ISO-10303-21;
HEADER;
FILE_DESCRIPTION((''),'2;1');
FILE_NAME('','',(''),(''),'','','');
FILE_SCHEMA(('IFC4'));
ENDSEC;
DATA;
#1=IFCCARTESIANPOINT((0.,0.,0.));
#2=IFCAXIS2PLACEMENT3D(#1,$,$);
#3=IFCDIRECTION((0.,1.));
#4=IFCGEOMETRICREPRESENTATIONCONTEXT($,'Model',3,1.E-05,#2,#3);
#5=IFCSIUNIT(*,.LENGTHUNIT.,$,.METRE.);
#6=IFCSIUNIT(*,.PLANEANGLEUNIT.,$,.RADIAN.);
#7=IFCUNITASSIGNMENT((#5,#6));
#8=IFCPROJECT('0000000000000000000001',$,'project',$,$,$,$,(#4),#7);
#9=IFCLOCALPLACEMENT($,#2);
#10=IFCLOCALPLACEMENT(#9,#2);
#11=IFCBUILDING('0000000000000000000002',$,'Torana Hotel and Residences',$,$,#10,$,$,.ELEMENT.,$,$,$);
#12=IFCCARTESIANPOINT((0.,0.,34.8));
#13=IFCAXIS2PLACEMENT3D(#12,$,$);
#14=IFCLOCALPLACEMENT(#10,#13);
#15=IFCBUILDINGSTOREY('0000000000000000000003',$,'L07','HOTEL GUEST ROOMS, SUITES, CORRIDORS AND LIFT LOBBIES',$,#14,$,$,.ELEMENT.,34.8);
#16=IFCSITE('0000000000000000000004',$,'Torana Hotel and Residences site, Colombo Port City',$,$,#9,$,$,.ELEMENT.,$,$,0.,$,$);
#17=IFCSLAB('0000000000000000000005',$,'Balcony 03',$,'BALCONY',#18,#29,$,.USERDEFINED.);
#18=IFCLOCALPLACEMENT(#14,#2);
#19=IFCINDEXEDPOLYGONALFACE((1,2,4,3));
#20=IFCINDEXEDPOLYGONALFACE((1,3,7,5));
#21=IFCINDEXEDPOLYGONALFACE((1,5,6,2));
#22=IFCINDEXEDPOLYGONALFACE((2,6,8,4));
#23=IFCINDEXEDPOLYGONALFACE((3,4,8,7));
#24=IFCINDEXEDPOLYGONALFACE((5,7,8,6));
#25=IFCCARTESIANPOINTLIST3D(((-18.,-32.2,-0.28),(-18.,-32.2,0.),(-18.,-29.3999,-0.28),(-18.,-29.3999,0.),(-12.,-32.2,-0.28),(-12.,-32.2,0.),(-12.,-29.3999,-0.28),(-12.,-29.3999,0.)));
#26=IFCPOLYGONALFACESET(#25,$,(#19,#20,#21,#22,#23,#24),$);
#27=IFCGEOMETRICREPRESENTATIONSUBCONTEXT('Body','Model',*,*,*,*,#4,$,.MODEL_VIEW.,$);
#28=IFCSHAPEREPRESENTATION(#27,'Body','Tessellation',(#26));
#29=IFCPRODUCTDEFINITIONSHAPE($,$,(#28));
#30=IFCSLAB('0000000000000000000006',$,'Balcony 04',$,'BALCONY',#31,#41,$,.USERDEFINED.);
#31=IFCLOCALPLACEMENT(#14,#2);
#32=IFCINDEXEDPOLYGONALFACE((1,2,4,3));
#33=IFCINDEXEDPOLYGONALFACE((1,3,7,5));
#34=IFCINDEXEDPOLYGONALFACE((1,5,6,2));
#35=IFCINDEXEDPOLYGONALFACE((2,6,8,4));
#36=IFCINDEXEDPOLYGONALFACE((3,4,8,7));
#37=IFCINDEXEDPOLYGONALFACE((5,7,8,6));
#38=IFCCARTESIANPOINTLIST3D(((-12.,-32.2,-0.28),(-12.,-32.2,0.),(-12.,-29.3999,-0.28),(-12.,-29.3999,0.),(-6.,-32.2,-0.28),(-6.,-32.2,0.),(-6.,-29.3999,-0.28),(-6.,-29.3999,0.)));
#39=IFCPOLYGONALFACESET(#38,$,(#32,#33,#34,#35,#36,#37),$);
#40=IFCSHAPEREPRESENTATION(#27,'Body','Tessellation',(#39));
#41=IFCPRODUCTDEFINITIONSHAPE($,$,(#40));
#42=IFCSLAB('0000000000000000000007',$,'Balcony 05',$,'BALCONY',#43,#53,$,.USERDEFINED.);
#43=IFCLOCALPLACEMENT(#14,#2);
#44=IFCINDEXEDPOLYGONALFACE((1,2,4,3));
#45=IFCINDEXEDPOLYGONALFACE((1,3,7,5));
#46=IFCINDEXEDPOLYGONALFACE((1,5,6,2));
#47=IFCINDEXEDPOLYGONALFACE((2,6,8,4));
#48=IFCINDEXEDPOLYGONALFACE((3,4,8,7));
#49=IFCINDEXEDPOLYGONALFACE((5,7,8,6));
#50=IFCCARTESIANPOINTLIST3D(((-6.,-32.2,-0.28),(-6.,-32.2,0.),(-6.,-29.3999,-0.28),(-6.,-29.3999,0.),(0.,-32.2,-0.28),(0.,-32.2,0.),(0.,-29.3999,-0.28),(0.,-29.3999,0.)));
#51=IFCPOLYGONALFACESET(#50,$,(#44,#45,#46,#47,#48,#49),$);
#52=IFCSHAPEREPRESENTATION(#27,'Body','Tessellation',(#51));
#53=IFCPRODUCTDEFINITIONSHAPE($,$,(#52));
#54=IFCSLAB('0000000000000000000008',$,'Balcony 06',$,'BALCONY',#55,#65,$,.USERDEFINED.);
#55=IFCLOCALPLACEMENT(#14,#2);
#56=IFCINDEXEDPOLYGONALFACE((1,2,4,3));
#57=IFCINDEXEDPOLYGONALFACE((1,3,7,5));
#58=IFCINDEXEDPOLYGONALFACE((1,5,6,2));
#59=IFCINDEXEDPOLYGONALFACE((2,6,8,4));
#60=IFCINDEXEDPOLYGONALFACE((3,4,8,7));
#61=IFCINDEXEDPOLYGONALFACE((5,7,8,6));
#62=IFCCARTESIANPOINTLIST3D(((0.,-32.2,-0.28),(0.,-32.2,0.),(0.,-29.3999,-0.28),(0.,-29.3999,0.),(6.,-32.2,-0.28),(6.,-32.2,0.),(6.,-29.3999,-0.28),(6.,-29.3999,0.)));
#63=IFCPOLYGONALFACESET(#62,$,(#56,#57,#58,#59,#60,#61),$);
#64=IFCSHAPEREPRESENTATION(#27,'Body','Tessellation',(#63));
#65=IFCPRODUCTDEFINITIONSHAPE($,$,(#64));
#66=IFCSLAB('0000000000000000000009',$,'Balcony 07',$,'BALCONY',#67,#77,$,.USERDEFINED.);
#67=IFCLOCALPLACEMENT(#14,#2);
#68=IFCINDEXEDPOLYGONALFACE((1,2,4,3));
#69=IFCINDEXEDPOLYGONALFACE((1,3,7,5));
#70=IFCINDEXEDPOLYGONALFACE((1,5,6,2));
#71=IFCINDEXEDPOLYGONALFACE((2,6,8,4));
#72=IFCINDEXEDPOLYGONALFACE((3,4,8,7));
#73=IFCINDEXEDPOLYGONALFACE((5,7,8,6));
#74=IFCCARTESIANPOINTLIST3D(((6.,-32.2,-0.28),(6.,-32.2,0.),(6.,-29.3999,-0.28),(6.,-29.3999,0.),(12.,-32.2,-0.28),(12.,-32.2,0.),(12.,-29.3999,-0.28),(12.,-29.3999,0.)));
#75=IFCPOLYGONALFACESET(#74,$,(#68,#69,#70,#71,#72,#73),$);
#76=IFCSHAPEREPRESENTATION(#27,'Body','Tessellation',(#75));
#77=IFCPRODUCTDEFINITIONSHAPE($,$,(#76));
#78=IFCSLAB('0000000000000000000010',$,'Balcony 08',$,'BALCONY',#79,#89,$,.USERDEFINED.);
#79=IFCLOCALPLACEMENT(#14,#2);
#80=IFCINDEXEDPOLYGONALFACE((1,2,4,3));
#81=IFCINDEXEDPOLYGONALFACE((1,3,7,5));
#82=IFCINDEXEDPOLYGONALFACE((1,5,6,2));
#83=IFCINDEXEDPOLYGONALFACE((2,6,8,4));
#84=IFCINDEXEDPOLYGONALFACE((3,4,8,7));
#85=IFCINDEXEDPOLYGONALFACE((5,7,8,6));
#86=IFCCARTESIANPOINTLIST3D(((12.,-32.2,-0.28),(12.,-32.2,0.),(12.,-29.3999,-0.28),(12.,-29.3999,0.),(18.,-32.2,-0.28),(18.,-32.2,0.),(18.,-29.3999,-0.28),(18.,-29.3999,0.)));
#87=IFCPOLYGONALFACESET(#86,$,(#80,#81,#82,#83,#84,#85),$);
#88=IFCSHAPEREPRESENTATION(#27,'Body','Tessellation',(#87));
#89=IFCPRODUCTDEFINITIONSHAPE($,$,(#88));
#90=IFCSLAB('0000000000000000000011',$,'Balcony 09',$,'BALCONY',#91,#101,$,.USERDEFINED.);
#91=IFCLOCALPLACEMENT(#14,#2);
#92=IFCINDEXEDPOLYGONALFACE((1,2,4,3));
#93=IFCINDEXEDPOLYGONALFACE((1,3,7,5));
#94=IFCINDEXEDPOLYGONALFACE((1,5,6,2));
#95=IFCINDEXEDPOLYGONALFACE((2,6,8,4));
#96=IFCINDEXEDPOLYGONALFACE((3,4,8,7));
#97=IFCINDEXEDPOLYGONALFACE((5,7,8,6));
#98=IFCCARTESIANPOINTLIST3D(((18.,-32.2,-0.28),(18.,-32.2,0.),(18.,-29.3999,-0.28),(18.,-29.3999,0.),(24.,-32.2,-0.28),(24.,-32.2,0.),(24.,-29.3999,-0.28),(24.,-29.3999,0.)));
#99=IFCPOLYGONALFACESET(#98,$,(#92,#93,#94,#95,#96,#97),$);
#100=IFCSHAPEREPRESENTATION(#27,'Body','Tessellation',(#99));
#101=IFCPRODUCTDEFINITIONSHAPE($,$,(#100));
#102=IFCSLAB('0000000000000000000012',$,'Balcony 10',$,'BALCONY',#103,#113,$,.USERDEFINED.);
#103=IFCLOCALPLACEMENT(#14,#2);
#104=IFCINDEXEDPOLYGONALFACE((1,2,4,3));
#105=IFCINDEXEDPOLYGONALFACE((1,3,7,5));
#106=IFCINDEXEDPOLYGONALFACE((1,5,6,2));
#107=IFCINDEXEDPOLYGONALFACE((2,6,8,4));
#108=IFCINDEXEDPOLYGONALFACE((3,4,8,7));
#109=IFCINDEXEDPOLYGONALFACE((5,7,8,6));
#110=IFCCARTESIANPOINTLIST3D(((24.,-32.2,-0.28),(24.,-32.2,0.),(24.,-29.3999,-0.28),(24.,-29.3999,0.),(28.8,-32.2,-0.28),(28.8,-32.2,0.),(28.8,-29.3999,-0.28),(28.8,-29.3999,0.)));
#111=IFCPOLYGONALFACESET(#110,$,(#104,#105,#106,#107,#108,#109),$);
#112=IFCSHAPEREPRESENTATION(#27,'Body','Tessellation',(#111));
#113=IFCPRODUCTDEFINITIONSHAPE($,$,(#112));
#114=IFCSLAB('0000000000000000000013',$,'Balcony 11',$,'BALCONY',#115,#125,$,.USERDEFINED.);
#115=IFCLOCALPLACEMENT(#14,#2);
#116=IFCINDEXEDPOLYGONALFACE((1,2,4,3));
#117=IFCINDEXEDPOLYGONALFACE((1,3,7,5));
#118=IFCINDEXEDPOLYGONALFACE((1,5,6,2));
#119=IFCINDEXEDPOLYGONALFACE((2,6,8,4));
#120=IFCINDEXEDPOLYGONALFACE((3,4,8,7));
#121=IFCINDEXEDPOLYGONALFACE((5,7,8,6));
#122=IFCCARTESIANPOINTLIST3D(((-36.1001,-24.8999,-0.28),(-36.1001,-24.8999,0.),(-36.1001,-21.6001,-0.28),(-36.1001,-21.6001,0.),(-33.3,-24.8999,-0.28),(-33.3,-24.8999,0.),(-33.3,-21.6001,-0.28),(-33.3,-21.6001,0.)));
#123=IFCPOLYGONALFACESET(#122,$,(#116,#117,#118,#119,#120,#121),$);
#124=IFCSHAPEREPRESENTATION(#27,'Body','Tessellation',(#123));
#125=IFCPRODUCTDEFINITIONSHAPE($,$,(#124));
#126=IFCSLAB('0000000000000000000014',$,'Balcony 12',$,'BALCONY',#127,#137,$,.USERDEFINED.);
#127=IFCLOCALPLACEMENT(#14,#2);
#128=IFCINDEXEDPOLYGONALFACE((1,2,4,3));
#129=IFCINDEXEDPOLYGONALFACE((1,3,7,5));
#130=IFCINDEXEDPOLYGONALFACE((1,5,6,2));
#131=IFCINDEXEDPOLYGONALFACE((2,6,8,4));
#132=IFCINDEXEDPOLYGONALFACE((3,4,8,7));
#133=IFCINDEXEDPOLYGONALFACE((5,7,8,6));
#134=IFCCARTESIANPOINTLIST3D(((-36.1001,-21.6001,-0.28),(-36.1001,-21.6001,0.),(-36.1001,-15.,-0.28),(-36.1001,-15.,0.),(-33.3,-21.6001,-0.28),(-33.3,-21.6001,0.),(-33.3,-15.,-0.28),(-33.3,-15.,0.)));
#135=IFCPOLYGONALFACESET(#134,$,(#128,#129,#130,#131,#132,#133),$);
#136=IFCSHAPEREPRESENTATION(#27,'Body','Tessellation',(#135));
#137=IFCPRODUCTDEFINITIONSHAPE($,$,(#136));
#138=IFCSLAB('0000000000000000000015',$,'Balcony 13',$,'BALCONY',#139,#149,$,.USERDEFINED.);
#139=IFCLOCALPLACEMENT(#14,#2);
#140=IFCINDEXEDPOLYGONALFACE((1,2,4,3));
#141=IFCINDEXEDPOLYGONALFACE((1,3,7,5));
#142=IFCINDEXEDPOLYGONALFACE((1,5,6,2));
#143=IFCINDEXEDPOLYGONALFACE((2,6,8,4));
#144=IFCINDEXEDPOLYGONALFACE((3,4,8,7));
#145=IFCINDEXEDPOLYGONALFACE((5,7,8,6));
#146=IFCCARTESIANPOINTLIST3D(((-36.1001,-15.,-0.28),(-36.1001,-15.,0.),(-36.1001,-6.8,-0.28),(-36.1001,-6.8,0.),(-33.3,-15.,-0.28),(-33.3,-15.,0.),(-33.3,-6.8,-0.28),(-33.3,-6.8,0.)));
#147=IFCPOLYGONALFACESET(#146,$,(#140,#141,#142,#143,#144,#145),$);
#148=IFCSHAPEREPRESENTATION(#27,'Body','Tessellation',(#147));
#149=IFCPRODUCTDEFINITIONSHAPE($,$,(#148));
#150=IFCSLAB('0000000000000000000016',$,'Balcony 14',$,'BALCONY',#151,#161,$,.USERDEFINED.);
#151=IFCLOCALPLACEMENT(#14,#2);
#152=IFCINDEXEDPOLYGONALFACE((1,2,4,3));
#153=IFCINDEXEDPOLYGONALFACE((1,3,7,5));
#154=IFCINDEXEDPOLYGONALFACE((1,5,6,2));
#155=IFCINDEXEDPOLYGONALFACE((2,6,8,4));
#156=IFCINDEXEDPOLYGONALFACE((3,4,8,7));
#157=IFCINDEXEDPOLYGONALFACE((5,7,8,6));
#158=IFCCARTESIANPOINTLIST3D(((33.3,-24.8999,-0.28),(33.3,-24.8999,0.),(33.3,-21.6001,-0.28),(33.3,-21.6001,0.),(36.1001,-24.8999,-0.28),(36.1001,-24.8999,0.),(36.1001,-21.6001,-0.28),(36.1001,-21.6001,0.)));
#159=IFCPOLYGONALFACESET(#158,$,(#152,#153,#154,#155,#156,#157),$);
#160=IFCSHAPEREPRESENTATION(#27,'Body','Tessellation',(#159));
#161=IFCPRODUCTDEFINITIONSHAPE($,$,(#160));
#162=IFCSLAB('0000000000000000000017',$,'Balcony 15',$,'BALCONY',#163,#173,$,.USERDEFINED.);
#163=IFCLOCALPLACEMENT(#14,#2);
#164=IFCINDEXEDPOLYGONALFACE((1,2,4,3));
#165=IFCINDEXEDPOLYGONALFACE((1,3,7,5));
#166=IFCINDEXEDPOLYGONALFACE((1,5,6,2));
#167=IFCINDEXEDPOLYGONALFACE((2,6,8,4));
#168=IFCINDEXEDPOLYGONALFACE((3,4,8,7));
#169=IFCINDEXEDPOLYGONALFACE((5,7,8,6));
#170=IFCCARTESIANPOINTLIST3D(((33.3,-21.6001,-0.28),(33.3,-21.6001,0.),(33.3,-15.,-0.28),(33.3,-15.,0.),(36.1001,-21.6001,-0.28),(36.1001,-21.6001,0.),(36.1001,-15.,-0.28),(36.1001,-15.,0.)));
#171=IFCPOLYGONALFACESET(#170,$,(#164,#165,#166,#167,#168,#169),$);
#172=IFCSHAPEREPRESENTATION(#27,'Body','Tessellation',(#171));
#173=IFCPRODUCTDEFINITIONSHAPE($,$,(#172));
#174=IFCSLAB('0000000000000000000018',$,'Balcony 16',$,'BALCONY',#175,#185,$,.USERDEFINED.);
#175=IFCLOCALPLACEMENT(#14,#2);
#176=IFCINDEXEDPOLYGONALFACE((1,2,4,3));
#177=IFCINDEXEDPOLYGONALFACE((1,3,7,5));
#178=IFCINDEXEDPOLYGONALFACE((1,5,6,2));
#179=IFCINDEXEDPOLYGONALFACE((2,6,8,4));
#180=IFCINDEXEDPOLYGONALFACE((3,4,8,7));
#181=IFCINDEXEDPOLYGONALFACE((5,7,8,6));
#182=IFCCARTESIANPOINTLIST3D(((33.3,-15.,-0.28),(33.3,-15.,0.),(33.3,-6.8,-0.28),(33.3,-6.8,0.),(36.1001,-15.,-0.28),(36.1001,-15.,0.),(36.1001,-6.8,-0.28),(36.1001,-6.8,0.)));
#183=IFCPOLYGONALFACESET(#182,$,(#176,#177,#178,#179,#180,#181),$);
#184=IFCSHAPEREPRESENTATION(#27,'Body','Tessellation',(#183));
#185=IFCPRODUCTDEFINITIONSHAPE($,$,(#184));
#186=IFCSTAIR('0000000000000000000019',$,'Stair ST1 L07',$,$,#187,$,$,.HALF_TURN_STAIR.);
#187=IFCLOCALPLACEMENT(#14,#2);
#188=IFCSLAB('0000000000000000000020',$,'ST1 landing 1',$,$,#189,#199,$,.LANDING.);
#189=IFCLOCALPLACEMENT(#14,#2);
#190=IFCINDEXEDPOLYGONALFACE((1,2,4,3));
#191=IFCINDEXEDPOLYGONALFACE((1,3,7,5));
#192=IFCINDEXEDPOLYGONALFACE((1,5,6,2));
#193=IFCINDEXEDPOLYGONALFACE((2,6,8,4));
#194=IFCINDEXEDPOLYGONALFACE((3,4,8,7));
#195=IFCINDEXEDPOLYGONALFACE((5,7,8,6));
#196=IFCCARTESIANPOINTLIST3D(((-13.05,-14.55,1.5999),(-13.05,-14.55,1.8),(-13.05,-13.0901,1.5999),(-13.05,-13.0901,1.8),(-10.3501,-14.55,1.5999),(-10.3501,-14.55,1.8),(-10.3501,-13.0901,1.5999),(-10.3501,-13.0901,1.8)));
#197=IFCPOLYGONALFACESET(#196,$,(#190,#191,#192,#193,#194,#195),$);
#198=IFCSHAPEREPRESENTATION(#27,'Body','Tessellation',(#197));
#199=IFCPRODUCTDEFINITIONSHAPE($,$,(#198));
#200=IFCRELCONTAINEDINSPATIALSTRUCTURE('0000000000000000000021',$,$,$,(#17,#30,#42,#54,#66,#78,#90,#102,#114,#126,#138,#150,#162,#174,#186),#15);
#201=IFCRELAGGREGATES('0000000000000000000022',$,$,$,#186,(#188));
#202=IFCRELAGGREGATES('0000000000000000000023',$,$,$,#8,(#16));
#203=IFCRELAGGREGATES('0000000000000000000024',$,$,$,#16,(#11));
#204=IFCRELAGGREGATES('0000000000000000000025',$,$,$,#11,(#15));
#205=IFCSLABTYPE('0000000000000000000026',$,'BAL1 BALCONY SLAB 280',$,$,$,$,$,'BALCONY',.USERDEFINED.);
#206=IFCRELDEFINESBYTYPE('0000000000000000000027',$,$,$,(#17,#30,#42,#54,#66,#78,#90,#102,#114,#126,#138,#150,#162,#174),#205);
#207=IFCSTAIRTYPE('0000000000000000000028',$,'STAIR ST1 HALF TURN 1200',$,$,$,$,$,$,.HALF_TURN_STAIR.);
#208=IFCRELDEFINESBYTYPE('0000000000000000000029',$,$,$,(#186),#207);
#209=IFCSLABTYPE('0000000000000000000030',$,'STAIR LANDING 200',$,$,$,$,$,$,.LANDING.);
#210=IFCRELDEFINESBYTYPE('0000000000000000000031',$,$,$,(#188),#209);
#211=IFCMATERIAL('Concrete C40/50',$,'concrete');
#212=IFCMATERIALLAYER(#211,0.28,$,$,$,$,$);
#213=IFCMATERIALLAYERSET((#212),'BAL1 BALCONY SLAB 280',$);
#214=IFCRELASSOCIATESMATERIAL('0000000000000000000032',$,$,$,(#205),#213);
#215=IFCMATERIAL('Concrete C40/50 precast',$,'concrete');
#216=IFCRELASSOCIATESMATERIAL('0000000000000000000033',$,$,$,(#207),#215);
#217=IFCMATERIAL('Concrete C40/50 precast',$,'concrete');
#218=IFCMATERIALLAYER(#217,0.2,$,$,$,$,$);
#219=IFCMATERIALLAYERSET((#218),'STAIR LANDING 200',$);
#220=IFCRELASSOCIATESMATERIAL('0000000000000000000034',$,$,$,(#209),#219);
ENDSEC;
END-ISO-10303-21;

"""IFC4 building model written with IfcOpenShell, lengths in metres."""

from ifc_helpers import new_model, si_unit, direction, frame, origin, place, context, subcontext, project, spatial, polyline, outline, extrude, material, layer, layer_set, type_object, element, aggregate, save


model = new_model("IFC4")

# Units and contexts
model_context = context("Model", 3, precision=1e-05, world=origin(), true_north=direction((0.0, 1.0)))
body_context = subcontext(model_context, "Body", "Model", "MODEL_VIEW")
ifc_project = project(units=[si_unit("LENGTHUNIT", "METRE"), si_unit("PLANEANGLEUNIT", "RADIAN")], contexts=[model_context])

# Site, building, storey
site_placement = place(None, origin())
site = spatial("IfcSite", under=ifc_project, at=site_placement, Name="Torana Hotel and Residences site, Colombo Port City", CompositionType="ELEMENT", RefElevation=0.0)
building_placement = place(site_placement, origin())
building = spatial("IfcBuilding", under=site, at=building_placement, Name="Torana Hotel and Residences", CompositionType="ELEMENT")
storey_placement = place(building_placement, frame((0.0, 0.0, 34.8)))
storey = spatial("IfcBuildingStorey", under=building, at=storey_placement, Name="L07", Description="HOTEL GUEST ROOMS, SUITES, CORRIDORS AND LIFT LOBBIES", CompositionType="ELEMENT", Elevation=34.8)

# Slabs
ifc_material_1 = material(Name="Concrete C40/50", Category="concrete")
ifc_layer_1 = layer(ifc_material_1, 0.28)
ifc_layer_set_1 = layer_set([ifc_layer_1], Name="BAL1 BALCONY SLAB 280")
slab_type_1 = type_object("IfcSlabType", Name="BAL1 BALCONY SLAB 280", ElementType="BALCONY", PredefinedType="USERDEFINED", material=ifc_layer_set_1)
slab_1_placement = place(storey_placement, frame((0.0, 0.0, -0.28)))
element("IfcSlab", 1, at=slab_1_placement, inside=storey, type_object=slab_type_1, Name="Balcony 03", ObjectType="BALCONY", PredefinedType="USERDEFINED", context=body_context, shape_type="SweptSolid", body=[
    extrude(outline(polyline([(-18.0, -32.2), (-12.0, -32.2), (-12.0, -29.3999), (-18.0, -29.3999), (-18.0, -32.2)])), origin(), (0.0, 0.0, 1.0), 0.28),
])
slab_2_placement = place(storey_placement, frame((0.0, 0.0, -0.28)))
element("IfcSlab", 2, at=slab_2_placement, inside=storey, type_object=slab_type_1, Name="Balcony 04", ObjectType="BALCONY", PredefinedType="USERDEFINED", context=body_context, shape_type="SweptSolid", body=[
    extrude(outline(polyline([(-12.0, -32.2), (-6.0, -32.2), (-6.0, -29.3999), (-12.0, -29.3999), (-12.0, -32.2)])), origin(), (0.0, 0.0, 1.0), 0.28),
])
slab_3_placement = place(storey_placement, frame((0.0, 0.0, -0.28)))
element("IfcSlab", 3, at=slab_3_placement, inside=storey, type_object=slab_type_1, Name="Balcony 05", ObjectType="BALCONY", PredefinedType="USERDEFINED", context=body_context, shape_type="SweptSolid", body=[
    extrude(outline(polyline([(-6.0, -32.2), (0.0, -32.2), (0.0, -29.3999), (-6.0, -29.3999), (-6.0, -32.2)])), origin(), (0.0, 0.0, 1.0), 0.28),
])
slab_4_placement = place(storey_placement, frame((0.0, 0.0, -0.28)))
element("IfcSlab", 4, at=slab_4_placement, inside=storey, type_object=slab_type_1, Name="Balcony 06", ObjectType="BALCONY", PredefinedType="USERDEFINED", context=body_context, shape_type="SweptSolid", body=[
    extrude(outline(polyline([(0.0, -32.2), (6.0, -32.2), (6.0, -29.3999), (0.0, -29.3999), (0.0, -32.2)])), origin(), (0.0, 0.0, 1.0), 0.28),
])
slab_5_placement = place(storey_placement, frame((0.0, 0.0, -0.28)))
element("IfcSlab", 5, at=slab_5_placement, inside=storey, type_object=slab_type_1, Name="Balcony 07", ObjectType="BALCONY", PredefinedType="USERDEFINED", context=body_context, shape_type="SweptSolid", body=[
    extrude(outline(polyline([(6.0, -32.2), (12.0, -32.2), (12.0, -29.3999), (6.0, -29.3999), (6.0, -32.2)])), origin(), (0.0, 0.0, 1.0), 0.28),
])
slab_6_placement = place(storey_placement, frame((0.0, 0.0, -0.28)))
element("IfcSlab", 6, at=slab_6_placement, inside=storey, type_object=slab_type_1, Name="Balcony 08", ObjectType="BALCONY", PredefinedType="USERDEFINED", context=body_context, shape_type="SweptSolid", body=[
    extrude(outline(polyline([(12.0, -32.2), (18.0, -32.2), (18.0, -29.3999), (12.0, -29.3999), (12.0, -32.2)])), origin(), (0.0, 0.0, 1.0), 0.28),
])
slab_7_placement = place(storey_placement, frame((0.0, 0.0, -0.28)))
element("IfcSlab", 7, at=slab_7_placement, inside=storey, type_object=slab_type_1, Name="Balcony 09", ObjectType="BALCONY", PredefinedType="USERDEFINED", context=body_context, shape_type="SweptSolid", body=[
    extrude(outline(polyline([(18.0, -32.2), (24.0, -32.2), (24.0, -29.3999), (18.0, -29.3999), (18.0, -32.2)])), origin(), (0.0, 0.0, 1.0), 0.28),
])
slab_8_placement = place(storey_placement, frame((0.0, 0.0, -0.28)))
element("IfcSlab", 8, at=slab_8_placement, inside=storey, type_object=slab_type_1, Name="Balcony 10", ObjectType="BALCONY", PredefinedType="USERDEFINED", context=body_context, shape_type="SweptSolid", body=[
    extrude(outline(polyline([(24.0, -32.2), (28.8, -32.2), (28.8, -29.3999), (24.0, -29.3999), (24.0, -32.2)])), origin(), (0.0, 0.0, 1.0), 0.28),
])
slab_9_placement = place(storey_placement, frame((0.0, 0.0, -0.28)))
element("IfcSlab", 9, at=slab_9_placement, inside=storey, type_object=slab_type_1, Name="Balcony 11", ObjectType="BALCONY", PredefinedType="USERDEFINED", context=body_context, shape_type="SweptSolid", body=[
    extrude(outline(polyline([(-36.1001, -24.8999), (-33.3, -24.8999), (-33.3, -21.6001), (-36.1001, -21.6001), (-36.1001, -24.8999)])), origin(), (0.0, 0.0, 1.0), 0.28),
])
slab_10_placement = place(storey_placement, frame((0.0, 0.0, -0.28)))
element("IfcSlab", 10, at=slab_10_placement, inside=storey, type_object=slab_type_1, Name="Balcony 12", ObjectType="BALCONY", PredefinedType="USERDEFINED", context=body_context, shape_type="SweptSolid", body=[
    extrude(outline(polyline([(-36.1001, -21.6001), (-33.3, -21.6001), (-33.3, -15.0), (-36.1001, -15.0), (-36.1001, -21.6001)])), origin(), (0.0, 0.0, 1.0), 0.28),
])
slab_11_placement = place(storey_placement, frame((0.0, 0.0, -0.28)))
element("IfcSlab", 11, at=slab_11_placement, inside=storey, type_object=slab_type_1, Name="Balcony 13", ObjectType="BALCONY", PredefinedType="USERDEFINED", context=body_context, shape_type="SweptSolid", body=[
    extrude(outline(polyline([(-36.1001, -15.0), (-33.3, -15.0), (-33.3, -6.8), (-36.1001, -6.8), (-36.1001, -15.0)])), origin(), (0.0, 0.0, 1.0), 0.28),
])
slab_12_placement = place(storey_placement, frame((0.0, 0.0, -0.28)))
element("IfcSlab", 12, at=slab_12_placement, inside=storey, type_object=slab_type_1, Name="Balcony 14", ObjectType="BALCONY", PredefinedType="USERDEFINED", context=body_context, shape_type="SweptSolid", body=[
    extrude(outline(polyline([(33.3, -24.8999), (36.1001, -24.8999), (36.1001, -21.6001), (33.3, -21.6001), (33.3, -24.8999)])), origin(), (0.0, 0.0, 1.0), 0.28),
])
slab_13_placement = place(storey_placement, frame((0.0, 0.0, -0.28)))
element("IfcSlab", 13, at=slab_13_placement, inside=storey, type_object=slab_type_1, Name="Balcony 15", ObjectType="BALCONY", PredefinedType="USERDEFINED", context=body_context, shape_type="SweptSolid", body=[
    extrude(outline(polyline([(33.3, -21.6001), (36.1001, -21.6001), (36.1001, -15.0), (33.3, -15.0), (33.3, -21.6001)])), origin(), (0.0, 0.0, 1.0), 0.28),
])
slab_14_placement = place(storey_placement, frame((0.0, 0.0, -0.28)))
element("IfcSlab", 14, at=slab_14_placement, inside=storey, type_object=slab_type_1, Name="Balcony 16", ObjectType="BALCONY", PredefinedType="USERDEFINED", context=body_context, shape_type="SweptSolid", body=[
    extrude(outline(polyline([(33.3, -15.0), (36.1001, -15.0), (36.1001, -6.8), (33.3, -6.8), (33.3, -15.0)])), origin(), (0.0, 0.0, 1.0), 0.28),
])

# Stair, slab
ifc_material_2 = material(Name="Concrete C40/50 precast", Category="concrete")
stair_type_1 = type_object("IfcStairType", Name="STAIR ST1 HALF TURN 1200", PredefinedType="HALF_TURN_STAIR", material=ifc_material_2)
stair_1_placement = place(storey_placement, origin())
stair_1 = element("IfcStair", 15, at=stair_1_placement, inside=storey, type_object=stair_type_1, Name="Stair ST1 L07", PredefinedType="HALF_TURN_STAIR")
ifc_material_3 = material(Name="Concrete C40/50 precast", Category="concrete")
ifc_layer_2 = layer(ifc_material_3, 0.2)
ifc_layer_set_2 = layer_set([ifc_layer_2], Name="STAIR LANDING 200")
slab_type_2 = type_object("IfcSlabType", Name="STAIR LANDING 200", PredefinedType="LANDING", material=ifc_layer_set_2)
slab_15_placement = place(storey_placement, frame((0.0, 0.0, 1.5999)))
slab_15 = element("IfcSlab", 16, at=slab_15_placement, type_object=slab_type_2, Name="ST1 landing 1", PredefinedType="LANDING", context=body_context, shape_type="SweptSolid", body=[
    extrude(outline(polyline([(-13.05, -14.55), (-10.3501, -14.55), (-10.3501, -13.0901), (-13.05, -13.0901), (-13.05, -14.55)])), origin(), (0.0, 0.0, 1.0), 0.2002),
])
aggregate(stair_1, [slab_15])

save(model, "model.ifc")
